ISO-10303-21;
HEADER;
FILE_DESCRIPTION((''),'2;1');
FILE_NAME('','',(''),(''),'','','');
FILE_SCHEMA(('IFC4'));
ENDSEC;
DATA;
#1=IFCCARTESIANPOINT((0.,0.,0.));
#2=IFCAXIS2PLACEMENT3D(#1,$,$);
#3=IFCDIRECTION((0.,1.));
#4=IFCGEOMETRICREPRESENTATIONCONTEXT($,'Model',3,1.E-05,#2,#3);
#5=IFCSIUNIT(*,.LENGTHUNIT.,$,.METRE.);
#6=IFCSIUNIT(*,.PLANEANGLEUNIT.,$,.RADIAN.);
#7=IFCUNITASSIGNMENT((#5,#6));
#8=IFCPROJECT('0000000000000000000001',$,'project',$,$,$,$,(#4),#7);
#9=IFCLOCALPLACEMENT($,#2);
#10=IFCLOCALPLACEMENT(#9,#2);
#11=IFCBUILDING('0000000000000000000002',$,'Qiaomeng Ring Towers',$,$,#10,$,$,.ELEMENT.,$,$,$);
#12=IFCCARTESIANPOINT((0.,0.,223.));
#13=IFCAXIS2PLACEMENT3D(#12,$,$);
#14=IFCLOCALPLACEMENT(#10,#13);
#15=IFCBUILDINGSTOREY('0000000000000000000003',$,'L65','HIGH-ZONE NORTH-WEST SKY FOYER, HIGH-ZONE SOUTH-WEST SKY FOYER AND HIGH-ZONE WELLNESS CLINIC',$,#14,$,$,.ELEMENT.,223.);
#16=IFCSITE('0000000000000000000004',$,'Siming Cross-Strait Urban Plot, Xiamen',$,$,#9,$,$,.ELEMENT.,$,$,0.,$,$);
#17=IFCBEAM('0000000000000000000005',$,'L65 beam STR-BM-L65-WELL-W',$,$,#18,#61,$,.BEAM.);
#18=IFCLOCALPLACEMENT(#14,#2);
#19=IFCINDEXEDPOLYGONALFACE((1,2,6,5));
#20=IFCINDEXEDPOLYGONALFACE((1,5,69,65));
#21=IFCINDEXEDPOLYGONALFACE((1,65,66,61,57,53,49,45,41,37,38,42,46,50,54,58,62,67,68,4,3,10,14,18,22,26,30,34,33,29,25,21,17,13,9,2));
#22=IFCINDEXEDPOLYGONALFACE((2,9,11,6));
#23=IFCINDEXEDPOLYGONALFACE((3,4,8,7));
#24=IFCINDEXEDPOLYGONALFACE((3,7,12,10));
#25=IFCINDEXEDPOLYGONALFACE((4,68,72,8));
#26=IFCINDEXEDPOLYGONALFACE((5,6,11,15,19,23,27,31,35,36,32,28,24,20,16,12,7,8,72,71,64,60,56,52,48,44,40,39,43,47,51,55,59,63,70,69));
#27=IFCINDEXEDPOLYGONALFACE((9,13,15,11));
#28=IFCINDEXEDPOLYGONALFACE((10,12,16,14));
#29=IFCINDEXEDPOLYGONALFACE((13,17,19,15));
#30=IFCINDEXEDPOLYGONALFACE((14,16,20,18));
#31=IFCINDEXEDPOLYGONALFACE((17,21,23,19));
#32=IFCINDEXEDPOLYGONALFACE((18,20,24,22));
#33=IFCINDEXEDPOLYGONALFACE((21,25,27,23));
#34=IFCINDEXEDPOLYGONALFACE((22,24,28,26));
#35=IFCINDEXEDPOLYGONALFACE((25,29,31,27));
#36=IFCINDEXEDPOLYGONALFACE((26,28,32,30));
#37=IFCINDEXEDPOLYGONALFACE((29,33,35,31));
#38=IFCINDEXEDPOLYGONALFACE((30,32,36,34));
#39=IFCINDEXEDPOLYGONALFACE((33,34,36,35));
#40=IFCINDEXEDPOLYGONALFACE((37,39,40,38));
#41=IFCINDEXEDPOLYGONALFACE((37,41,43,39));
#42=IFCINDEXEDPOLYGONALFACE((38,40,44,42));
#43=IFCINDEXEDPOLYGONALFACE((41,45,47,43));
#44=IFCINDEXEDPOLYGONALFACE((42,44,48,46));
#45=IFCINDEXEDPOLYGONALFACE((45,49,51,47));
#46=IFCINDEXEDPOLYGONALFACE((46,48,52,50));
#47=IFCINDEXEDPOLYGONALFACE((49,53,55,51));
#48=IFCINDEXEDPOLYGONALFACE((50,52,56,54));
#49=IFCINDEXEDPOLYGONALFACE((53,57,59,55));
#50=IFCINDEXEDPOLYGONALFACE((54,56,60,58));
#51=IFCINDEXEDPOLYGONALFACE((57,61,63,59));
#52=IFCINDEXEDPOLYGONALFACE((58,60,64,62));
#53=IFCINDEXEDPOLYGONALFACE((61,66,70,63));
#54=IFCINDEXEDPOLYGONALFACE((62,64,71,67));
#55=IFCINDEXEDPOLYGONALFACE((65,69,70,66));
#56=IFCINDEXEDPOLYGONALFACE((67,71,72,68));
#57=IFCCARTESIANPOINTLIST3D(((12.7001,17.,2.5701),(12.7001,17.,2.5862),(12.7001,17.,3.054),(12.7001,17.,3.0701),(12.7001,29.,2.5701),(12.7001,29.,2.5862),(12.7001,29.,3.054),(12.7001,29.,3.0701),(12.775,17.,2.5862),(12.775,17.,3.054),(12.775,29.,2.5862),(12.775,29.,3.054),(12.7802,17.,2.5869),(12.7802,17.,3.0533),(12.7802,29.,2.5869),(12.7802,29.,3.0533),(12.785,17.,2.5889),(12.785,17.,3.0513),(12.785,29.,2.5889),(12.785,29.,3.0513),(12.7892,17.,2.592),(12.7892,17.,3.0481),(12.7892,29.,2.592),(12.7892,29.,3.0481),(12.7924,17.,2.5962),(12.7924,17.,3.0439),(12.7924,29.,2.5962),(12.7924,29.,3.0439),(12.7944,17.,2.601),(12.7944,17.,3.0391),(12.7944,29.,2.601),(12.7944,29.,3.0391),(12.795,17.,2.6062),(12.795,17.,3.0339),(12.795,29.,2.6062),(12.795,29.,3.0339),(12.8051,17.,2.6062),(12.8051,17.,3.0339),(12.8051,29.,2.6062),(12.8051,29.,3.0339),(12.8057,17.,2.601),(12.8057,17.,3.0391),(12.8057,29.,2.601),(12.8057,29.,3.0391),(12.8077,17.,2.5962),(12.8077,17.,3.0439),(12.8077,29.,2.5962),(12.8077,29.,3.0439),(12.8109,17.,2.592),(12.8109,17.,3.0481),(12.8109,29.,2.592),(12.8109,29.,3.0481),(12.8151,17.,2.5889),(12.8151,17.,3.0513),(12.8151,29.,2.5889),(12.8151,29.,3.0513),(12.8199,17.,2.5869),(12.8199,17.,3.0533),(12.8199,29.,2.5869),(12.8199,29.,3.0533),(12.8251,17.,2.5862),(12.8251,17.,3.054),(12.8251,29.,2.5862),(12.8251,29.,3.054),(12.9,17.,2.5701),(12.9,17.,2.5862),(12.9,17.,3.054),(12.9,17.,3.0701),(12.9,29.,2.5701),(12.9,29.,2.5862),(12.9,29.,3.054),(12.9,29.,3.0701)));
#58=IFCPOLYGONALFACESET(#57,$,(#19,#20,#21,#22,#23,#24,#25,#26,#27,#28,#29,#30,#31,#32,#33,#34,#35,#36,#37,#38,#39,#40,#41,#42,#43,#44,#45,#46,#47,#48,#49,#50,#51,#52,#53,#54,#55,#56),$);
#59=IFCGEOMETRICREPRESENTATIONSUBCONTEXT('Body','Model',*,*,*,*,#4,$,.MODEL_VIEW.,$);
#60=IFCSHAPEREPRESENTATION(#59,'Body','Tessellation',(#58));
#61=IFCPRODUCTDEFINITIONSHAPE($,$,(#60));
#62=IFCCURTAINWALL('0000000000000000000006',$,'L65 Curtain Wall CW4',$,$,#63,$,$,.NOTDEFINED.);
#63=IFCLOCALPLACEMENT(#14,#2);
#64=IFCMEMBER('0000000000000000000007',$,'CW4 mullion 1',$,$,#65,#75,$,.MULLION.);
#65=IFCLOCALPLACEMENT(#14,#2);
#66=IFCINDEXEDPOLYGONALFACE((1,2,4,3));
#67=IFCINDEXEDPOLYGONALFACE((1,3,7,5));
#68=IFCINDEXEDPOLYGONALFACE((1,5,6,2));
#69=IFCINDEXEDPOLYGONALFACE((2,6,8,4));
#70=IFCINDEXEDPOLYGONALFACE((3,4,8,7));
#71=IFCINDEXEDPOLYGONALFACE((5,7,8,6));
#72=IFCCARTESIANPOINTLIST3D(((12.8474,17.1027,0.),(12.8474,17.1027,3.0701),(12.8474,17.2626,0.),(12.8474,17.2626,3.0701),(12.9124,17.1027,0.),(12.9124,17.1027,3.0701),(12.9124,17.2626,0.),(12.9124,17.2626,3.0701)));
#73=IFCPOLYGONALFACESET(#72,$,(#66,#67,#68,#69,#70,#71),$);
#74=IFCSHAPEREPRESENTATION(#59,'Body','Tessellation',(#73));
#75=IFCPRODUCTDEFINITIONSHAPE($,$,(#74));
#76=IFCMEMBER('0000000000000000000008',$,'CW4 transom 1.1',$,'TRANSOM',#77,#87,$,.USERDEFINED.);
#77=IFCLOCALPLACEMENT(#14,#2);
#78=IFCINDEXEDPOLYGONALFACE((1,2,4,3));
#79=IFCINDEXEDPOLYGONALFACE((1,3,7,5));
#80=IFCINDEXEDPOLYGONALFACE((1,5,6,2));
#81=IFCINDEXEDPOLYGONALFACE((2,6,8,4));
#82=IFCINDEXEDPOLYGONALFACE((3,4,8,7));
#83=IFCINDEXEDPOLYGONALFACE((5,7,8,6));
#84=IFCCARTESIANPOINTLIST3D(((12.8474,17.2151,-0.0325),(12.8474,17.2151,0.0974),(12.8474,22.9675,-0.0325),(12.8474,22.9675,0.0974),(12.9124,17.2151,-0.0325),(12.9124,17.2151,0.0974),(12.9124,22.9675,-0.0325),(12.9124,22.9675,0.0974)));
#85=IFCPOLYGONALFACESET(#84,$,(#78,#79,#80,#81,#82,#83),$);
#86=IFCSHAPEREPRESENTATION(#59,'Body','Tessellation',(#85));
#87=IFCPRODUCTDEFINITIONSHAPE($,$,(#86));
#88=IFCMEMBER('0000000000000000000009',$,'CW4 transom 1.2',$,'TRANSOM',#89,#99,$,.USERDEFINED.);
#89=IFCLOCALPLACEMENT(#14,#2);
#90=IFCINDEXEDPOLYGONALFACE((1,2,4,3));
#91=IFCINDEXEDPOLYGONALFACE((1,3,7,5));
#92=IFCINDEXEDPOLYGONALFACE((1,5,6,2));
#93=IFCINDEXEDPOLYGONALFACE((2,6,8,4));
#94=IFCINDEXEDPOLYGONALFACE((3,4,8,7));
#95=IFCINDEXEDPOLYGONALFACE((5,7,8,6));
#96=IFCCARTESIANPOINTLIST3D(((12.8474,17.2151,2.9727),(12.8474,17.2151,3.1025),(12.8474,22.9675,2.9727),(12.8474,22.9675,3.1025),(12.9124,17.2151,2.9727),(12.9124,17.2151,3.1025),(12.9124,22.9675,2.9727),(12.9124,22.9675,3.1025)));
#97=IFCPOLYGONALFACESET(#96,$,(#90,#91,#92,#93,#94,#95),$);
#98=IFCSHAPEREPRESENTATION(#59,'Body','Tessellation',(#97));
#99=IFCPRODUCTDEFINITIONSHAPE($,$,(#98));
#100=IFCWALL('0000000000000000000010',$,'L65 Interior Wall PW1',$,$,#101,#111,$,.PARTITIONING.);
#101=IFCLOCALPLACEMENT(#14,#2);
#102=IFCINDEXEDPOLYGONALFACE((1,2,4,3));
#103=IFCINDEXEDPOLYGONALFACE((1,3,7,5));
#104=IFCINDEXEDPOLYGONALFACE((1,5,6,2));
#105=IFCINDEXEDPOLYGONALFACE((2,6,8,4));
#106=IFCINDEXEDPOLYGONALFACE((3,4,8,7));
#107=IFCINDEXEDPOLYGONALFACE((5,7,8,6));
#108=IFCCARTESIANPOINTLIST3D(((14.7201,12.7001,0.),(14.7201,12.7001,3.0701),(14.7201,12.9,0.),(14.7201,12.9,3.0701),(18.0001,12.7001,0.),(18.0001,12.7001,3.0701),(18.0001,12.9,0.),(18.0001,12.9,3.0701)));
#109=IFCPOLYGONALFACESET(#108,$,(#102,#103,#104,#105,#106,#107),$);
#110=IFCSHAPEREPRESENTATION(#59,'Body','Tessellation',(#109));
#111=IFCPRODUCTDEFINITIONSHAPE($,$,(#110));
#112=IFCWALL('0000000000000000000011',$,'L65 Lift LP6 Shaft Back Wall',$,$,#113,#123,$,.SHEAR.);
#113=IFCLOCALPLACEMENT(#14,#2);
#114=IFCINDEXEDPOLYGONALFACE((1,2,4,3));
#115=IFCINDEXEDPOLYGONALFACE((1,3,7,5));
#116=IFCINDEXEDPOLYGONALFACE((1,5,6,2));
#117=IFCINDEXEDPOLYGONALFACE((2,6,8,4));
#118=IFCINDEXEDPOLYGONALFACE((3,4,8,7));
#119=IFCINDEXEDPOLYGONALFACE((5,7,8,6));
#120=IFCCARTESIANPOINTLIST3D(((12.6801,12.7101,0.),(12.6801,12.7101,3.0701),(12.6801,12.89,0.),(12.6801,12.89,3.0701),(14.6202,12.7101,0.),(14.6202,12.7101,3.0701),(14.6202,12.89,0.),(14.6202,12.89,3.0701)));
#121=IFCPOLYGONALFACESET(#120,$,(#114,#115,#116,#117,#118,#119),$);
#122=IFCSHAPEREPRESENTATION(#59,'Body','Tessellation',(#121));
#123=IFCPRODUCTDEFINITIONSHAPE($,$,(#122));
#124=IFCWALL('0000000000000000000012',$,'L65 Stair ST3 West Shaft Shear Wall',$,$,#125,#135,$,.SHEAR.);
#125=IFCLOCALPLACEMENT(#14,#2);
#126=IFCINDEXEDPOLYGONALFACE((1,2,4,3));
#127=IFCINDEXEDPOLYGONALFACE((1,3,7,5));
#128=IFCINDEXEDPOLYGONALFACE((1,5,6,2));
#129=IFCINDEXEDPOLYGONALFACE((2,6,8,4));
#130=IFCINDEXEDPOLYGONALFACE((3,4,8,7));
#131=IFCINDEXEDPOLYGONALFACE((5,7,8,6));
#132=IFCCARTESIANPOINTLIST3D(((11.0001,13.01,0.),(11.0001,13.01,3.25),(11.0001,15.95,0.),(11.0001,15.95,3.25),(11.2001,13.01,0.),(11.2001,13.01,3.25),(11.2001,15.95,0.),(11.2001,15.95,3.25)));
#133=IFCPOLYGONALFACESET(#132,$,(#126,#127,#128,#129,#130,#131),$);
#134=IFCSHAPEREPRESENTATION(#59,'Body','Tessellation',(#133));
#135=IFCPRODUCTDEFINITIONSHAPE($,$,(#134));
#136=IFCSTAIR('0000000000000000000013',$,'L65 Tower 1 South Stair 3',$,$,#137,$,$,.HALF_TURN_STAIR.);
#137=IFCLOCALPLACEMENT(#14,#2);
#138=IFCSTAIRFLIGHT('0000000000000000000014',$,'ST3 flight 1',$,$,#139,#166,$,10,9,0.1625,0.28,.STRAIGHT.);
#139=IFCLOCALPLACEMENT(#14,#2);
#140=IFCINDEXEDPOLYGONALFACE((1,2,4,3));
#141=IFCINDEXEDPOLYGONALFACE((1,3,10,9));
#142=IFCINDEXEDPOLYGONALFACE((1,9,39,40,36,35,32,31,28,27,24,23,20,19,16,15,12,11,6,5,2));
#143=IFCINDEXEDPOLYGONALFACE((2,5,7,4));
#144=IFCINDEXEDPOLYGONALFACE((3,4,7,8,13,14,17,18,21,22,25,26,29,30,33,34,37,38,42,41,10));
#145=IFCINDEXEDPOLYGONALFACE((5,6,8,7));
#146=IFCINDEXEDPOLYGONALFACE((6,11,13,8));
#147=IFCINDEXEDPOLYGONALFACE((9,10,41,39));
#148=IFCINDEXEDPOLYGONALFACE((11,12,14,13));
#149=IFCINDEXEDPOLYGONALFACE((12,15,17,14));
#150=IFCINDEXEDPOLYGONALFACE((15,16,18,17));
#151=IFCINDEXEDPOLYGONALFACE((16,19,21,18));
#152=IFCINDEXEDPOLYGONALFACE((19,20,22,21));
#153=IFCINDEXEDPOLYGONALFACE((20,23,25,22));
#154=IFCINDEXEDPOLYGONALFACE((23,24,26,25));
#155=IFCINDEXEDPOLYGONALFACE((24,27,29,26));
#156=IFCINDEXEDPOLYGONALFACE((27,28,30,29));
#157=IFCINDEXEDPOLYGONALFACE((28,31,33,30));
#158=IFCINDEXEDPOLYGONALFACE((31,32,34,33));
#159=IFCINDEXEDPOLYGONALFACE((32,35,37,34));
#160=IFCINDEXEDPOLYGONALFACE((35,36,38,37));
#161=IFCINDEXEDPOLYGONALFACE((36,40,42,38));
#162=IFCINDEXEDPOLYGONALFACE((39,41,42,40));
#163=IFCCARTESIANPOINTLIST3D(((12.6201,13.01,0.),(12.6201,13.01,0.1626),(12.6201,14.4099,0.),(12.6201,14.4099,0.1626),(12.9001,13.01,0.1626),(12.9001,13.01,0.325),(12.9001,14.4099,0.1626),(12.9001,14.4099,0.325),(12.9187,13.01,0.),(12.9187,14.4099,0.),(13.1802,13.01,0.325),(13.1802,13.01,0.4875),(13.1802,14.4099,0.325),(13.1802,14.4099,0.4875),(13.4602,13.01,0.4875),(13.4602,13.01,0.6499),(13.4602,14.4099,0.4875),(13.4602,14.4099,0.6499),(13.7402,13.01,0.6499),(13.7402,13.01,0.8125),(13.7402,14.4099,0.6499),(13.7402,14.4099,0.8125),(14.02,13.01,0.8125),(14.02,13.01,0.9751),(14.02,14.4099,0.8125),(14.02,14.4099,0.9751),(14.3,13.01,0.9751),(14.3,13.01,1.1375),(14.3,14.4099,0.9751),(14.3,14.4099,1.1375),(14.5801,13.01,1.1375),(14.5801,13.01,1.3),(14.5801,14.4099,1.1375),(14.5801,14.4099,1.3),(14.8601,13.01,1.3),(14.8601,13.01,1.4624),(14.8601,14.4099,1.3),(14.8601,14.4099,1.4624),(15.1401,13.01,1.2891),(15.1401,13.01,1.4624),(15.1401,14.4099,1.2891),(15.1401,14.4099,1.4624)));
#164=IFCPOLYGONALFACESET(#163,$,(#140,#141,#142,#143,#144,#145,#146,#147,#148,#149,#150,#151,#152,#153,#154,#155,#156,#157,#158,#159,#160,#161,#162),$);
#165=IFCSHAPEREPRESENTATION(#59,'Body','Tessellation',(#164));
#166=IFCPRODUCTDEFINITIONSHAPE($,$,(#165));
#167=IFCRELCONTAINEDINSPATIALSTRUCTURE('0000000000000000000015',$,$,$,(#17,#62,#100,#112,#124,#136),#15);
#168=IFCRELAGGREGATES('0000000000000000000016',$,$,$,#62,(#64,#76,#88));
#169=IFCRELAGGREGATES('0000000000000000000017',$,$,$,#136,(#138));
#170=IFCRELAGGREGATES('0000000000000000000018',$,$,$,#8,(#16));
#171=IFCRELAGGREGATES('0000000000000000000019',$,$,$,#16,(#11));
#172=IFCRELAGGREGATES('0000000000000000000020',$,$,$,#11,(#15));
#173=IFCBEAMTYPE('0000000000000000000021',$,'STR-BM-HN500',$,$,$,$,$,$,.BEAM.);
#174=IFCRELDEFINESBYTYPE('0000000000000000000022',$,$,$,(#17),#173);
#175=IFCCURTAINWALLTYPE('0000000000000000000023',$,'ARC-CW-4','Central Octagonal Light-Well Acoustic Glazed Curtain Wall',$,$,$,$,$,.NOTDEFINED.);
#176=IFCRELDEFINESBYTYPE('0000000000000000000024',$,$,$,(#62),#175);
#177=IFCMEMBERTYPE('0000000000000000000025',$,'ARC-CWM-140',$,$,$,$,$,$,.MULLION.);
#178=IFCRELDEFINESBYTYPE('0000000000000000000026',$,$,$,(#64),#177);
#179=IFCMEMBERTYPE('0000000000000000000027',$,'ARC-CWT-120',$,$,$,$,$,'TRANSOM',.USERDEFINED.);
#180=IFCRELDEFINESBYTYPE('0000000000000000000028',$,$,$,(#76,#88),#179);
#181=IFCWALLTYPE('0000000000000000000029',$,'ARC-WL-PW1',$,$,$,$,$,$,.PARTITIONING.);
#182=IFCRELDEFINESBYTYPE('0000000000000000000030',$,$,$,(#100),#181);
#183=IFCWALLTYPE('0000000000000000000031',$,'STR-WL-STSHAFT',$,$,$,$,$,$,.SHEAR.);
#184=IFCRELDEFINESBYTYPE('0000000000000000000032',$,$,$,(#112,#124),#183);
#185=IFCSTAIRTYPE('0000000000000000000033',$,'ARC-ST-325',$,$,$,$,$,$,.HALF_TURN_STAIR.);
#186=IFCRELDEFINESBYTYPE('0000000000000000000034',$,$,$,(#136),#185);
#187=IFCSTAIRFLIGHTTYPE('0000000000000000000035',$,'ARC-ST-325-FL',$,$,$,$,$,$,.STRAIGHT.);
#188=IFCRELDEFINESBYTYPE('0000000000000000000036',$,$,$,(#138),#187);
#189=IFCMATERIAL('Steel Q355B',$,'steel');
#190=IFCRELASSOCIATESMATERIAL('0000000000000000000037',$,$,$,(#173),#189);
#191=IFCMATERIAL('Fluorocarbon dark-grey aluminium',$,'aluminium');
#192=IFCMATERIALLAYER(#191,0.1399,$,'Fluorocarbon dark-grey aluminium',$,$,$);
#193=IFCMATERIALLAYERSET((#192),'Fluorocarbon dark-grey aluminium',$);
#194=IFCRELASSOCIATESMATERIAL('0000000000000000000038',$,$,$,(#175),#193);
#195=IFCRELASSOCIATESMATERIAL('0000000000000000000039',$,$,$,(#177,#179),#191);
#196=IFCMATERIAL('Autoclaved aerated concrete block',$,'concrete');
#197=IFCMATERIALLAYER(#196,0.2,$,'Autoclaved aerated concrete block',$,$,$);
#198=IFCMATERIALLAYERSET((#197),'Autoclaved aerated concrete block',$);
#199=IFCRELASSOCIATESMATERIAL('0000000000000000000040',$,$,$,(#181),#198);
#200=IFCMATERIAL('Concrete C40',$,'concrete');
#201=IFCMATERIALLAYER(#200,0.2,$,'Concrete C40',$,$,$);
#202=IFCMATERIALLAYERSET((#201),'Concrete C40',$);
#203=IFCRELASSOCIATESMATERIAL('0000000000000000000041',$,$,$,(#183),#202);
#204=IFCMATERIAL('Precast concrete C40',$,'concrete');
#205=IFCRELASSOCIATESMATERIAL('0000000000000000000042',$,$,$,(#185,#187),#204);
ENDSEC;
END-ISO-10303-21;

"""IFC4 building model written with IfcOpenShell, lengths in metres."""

from ifc_helpers import new_model, si_unit, direction, frame, frame_2d, origin, origin_2d, place, context, subcontext, project, spatial, polyline, rectangle, i_section, outline, extrude, source, transform, mapped, material, layer, layer_set, material_profile, profile_set, type_object, element, aggregate, save


model = new_model("IFC4")

# Units and contexts
model_context = context("Model", 3, precision=1e-05, world=origin(), true_north=direction((0.0, 1.0)))
body_context = subcontext(model_context, "Body", "Model", "MODEL_VIEW")
ifc_project = project(units=[si_unit("LENGTHUNIT", "METRE"), si_unit("PLANEANGLEUNIT", "RADIAN")], contexts=[model_context])

# Site, building, storey
site_placement = place(None, origin())
site = spatial("IfcSite", under=ifc_project, at=site_placement, Name="Siming Cross-Strait Urban Plot, Xiamen", CompositionType="ELEMENT", RefElevation=0.0)
building_placement = place(site_placement, origin())
building = spatial("IfcBuilding", under=site, at=building_placement, Name="Qiaomeng Ring Towers", CompositionType="ELEMENT")
storey_placement = place(building_placement, frame((0.0, 0.0, 223.0)))
storey = spatial("IfcBuildingStorey", under=building, at=storey_placement, Name="L65", Description="HIGH-ZONE NORTH-WEST SKY FOYER, HIGH-ZONE SOUTH-WEST SKY FOYER AND HIGH-ZONE WELLNESS CLINIC", CompositionType="ELEMENT", Elevation=223.0)

# Beam
ifc_material_1 = material(Name="Steel Q355B", Category="steel")
ifc_material_profile_1 = material_profile(ifc_material_1, i_section(OverallWidth=0.2, OverallDepth=0.5, WebThickness=0.01, FlangeThickness=0.0161, FilletRadius=0.02, at=origin_2d()), Name="HN 500x200x10x16")
ifc_profile_set_1 = profile_set([ifc_material_profile_1], Name="Steel Q355B")
beam_type = type_object("IfcBeamType", Name="STR-BM-HN500", PredefinedType="BEAM", material=ifc_profile_set_1)
shared_shape_1 = source(origin(), body_context, "Body", "SweptSolid", [
    extrude(i_section(OverallWidth=0.2, OverallDepth=0.5, WebThickness=0.01, FlangeThickness=0.0161, FilletRadius=0.02, at=origin_2d()), origin(), (0.0, 0.0, 1.0), 12.0),
])
beam_placement = place(storey_placement, frame((12.8, 17.0, 2.8201), z_axis=(0.0, 1.0, 0.0), x_axis=(-1.0, 0.0, 0.0)))
element("IfcBeam", 1, at=beam_placement, inside=storey, type_object=beam_type, Name="L65 beam STR-BM-L65-WELL-W", PredefinedType="BEAM", context=body_context, shape_type="MappedRepresentation", body=[
    mapped(shared_shape_1, transform((0.0, 0.0, 0.0), x_axis=(1.0, 0.0, 0.0), y_axis=(0.0, 1.0, 0.0), z_axis=(0.0, 0.0, 1.0), scale=1.0)),
])

# Curtain wall, members
ifc_material_2 = material(Name="Fluorocarbon dark-grey aluminium", Category="aluminium")
ifc_layer_1 = layer(ifc_material_2, 0.1399, Name="Fluorocarbon dark-grey aluminium")
ifc_layer_set_1 = layer_set([ifc_layer_1], Name="Fluorocarbon dark-grey aluminium")
curtain_wall_type = type_object("IfcCurtainWallType", Name="ARC-CW-4", Description="Central Octagonal Light-Well Acoustic Glazed Curtain Wall", PredefinedType="NOTDEFINED", material=ifc_layer_set_1)
curtain_wall_placement = place(storey_placement, origin())
curtain_wall = element("IfcCurtainWall", 2, at=curtain_wall_placement, inside=storey, type_object=curtain_wall_type, Name="L65 Curtain Wall CW4", PredefinedType="NOTDEFINED")
ifc_material_profile_2 = material_profile(ifc_material_2, rectangle(XDim=0.0649, YDim=0.1599, at=origin_2d()), Name="ALU MULL 65x160")
ifc_profile_set_2 = profile_set([ifc_material_profile_2], Name="Fluorocarbon dark-grey aluminium")
member_type_1 = type_object("IfcMemberType", Name="ARC-CWM-140", PredefinedType="MULLION", material=ifc_profile_set_2)
shared_shape_2 = source(origin(), body_context, "Body", "SweptSolid", [
    extrude(rectangle(XDim=0.0649, YDim=0.1599, at=origin_2d()), origin(), (0.0, 0.0, 1.0), 3.0701),
])
member_1_placement = place(storey_placement, frame((12.8799, 17.1826, 0.0), z_axis=(0.0, 0.0, 1.0), x_axis=(-1.0, 0.0, 0.0)))
member_1 = element("IfcMember", 3, at=member_1_placement, type_object=member_type_1, Name="CW4 mullion 1", PredefinedType="MULLION", context=body_context, shape_type="MappedRepresentation", body=[
    mapped(shared_shape_2, transform((0.0, 0.0, 0.0), x_axis=(1.0, 0.0, 0.0), y_axis=(0.0, 1.0, 0.0), z_axis=(0.0, 0.0, 1.0), scale=1.0)),
])
ifc_material_profile_3 = material_profile(ifc_material_2, rectangle(XDim=0.0649, YDim=0.1299, at=origin_2d()), Name="ALU TRAN 65x130")
ifc_profile_set_3 = profile_set([ifc_material_profile_3], Name="Fluorocarbon dark-grey aluminium")
member_type_2 = type_object("IfcMemberType", Name="ARC-CWT-120", ElementType="TRANSOM", PredefinedType="USERDEFINED", material=ifc_profile_set_3)
shared_shape_3 = source(origin(), body_context, "Body", "SweptSolid", [
    extrude(rectangle(XDim=0.0649, YDim=0.1299, at=origin_2d()), origin(), (0.0, 0.0, 1.0), 5.7524),
])
member_2_placement = place(storey_placement, frame((12.8799, 17.2151, 0.0325), z_axis=(0.0, 1.0, 0.0), x_axis=(-1.0, 0.0, 0.0)))
member_2 = element("IfcMember", 4, at=member_2_placement, type_object=member_type_2, Name="CW4 transom 1.1", ObjectType="TRANSOM", PredefinedType="USERDEFINED", context=body_context, shape_type="MappedRepresentation", body=[
    mapped(shared_shape_3, transform((0.0, 0.0, 0.0), x_axis=(1.0, 0.0, 0.0), y_axis=(0.0, 1.0, 0.0), z_axis=(0.0, 0.0, 1.0), scale=1.0)),
])
member_3_placement = place(storey_placement, frame((12.8799, 17.2151, 3.0376), z_axis=(0.0, 1.0, 0.0), x_axis=(-1.0, 0.0, 0.0)))
member_3 = element("IfcMember", 5, at=member_3_placement, type_object=member_type_2, Name="CW4 transom 1.2", ObjectType="TRANSOM", PredefinedType="USERDEFINED", context=body_context, shape_type="MappedRepresentation", body=[
    mapped(shared_shape_3, transform((0.0, 0.0, 0.0), x_axis=(1.0, 0.0, 0.0), y_axis=(0.0, 1.0, 0.0), z_axis=(0.0, 0.0, 1.0), scale=1.0)),
])
aggregate(curtain_wall, [member_1, member_2, member_3])

# Walls
ifc_material_3 = material(Name="Autoclaved aerated concrete block", Category="concrete")
ifc_layer_2 = layer(ifc_material_3, 0.2, Name="Autoclaved aerated concrete block")
ifc_layer_set_2 = layer_set([ifc_layer_2], Name="Autoclaved aerated concrete block")
wall_type_1 = type_object("IfcWallType", Name="ARC-WL-PW1", PredefinedType="PARTITIONING", material=ifc_layer_set_2)
wall_1_placement = place(storey_placement, frame((14.72, 12.8, 0.0), z_axis=(0.0, 0.0, 1.0), x_axis=(1.0, 0.0, 0.0)))
element("IfcWall", 6, at=wall_1_placement, inside=storey, type_object=wall_type_1, Name="L65 Interior Wall PW1", PredefinedType="PARTITIONING", context=body_context, shape_type="SweptSolid", body=[
    extrude(rectangle(XDim=3.28, YDim=0.2, at=frame_2d((1.6401, 0.0))), origin(), (0.0, 0.0, 1.0), 3.0701),
])
ifc_material_4 = material(Name="Concrete C40", Category="concrete")
ifc_layer_3 = layer(ifc_material_4, 0.2, Name="Concrete C40")
ifc_layer_set_3 = layer_set([ifc_layer_3], Name="Concrete C40")
wall_type_2 = type_object("IfcWallType", Name="STR-WL-STSHAFT", PredefinedType="SHEAR", material=ifc_layer_set_3)
wall_2_placement = place(storey_placement, frame((12.6799, 12.8, 0.0), z_axis=(0.0, 0.0, 1.0), x_axis=(1.0, 0.0, 0.0)))
element("IfcWall", 7, at=wall_2_placement, inside=storey, type_object=wall_type_2, Name="L65 Lift LP6 Shaft Back Wall", PredefinedType="SHEAR", context=body_context, shape_type="SweptSolid", body=[
    extrude(rectangle(XDim=1.9402, YDim=0.1799, at=frame_2d((0.9702, 0.0))), origin(), (0.0, 0.0, 1.0), 3.0701),
])
wall_3_placement = place(storey_placement, frame((11.1001, 13.01, 0.0), z_axis=(0.0, 0.0, 1.0), x_axis=(0.0, 1.0, 0.0)))
element("IfcWall", 8, at=wall_3_placement, inside=storey, type_object=wall_type_2, Name="L65 Stair ST3 West Shaft Shear Wall", PredefinedType="SHEAR", context=body_context, shape_type="SweptSolid", body=[
    extrude(rectangle(XDim=2.9399, YDim=0.2, at=frame_2d((1.47, 0.0))), origin(), (0.0, 0.0, 1.0), 3.25),
])

# Stair, stair flight
ifc_material_5 = material(Name="Precast concrete C40", Category="concrete")
stair_type = type_object("IfcStairType", Name="ARC-ST-325", PredefinedType="HALF_TURN_STAIR", material=ifc_material_5)
stair_placement = place(storey_placement, origin())
stair = element("IfcStair", 9, at=stair_placement, inside=storey, type_object=stair_type, Name="L65 Tower 1 South Stair 3", PredefinedType="HALF_TURN_STAIR")
stair_flight_type = type_object("IfcStairFlightType", Name="ARC-ST-325-FL", PredefinedType="STRAIGHT", material=ifc_material_5)
shared_shape_4 = source(origin(), body_context, "Body", "SweptSolid", [
    extrude(outline(polyline([(0.0, 0.0), (0.0, 0.1626), (0.28, 0.1626), (0.28, 0.325), (0.5601, 0.325), (0.5601, 0.4875), (0.8401, 0.4875), (0.8401, 0.6499), (1.1201, 0.6499), (1.1201, 0.8125), (1.3999, 0.8125), (1.3999, 0.9751), (1.6799, 0.9751), (1.6799, 1.1375), (1.96, 1.1375), (1.96, 1.3), (2.24, 1.3), (2.24, 1.4624), (2.52, 1.4624), (2.52, 1.625), (2.52, 1.2891), (0.2986, 0.0), (0.0, 0.0)])), frame((0.0, 0.7, 0.0), z_axis=(0.0, -1.0, 0.0), x_axis=(1.0, 0.0, 0.0)), (0.0, 0.0, 1.0), 1.3999),
])
stair_flight_1_placement = place(storey_placement, frame((12.6201, 13.71, 0.0), z_axis=(0.0, 0.0, 1.0), x_axis=(1.0, 0.0, 0.0)))
stair_flight_1 = element("IfcStairFlight", 10, at=stair_flight_1_placement, type_object=stair_flight_type, Name="ST3 flight 1", NumberOfRisers=10, NumberOfTreads=9, PredefinedType="STRAIGHT", RiserHeight=0.1625, TreadLength=0.28, context=body_context, shape_type="MappedRepresentation", body=[
    mapped(shared_shape_4, transform((0.0, 0.0, 0.0), x_axis=(1.0, 0.0, 0.0), y_axis=(0.0, 1.0, 0.0), z_axis=(0.0, 0.0, 1.0), scale=1.0)),
])
aggregate(stair, [stair_flight_1])

save(model, "model.ifc")
